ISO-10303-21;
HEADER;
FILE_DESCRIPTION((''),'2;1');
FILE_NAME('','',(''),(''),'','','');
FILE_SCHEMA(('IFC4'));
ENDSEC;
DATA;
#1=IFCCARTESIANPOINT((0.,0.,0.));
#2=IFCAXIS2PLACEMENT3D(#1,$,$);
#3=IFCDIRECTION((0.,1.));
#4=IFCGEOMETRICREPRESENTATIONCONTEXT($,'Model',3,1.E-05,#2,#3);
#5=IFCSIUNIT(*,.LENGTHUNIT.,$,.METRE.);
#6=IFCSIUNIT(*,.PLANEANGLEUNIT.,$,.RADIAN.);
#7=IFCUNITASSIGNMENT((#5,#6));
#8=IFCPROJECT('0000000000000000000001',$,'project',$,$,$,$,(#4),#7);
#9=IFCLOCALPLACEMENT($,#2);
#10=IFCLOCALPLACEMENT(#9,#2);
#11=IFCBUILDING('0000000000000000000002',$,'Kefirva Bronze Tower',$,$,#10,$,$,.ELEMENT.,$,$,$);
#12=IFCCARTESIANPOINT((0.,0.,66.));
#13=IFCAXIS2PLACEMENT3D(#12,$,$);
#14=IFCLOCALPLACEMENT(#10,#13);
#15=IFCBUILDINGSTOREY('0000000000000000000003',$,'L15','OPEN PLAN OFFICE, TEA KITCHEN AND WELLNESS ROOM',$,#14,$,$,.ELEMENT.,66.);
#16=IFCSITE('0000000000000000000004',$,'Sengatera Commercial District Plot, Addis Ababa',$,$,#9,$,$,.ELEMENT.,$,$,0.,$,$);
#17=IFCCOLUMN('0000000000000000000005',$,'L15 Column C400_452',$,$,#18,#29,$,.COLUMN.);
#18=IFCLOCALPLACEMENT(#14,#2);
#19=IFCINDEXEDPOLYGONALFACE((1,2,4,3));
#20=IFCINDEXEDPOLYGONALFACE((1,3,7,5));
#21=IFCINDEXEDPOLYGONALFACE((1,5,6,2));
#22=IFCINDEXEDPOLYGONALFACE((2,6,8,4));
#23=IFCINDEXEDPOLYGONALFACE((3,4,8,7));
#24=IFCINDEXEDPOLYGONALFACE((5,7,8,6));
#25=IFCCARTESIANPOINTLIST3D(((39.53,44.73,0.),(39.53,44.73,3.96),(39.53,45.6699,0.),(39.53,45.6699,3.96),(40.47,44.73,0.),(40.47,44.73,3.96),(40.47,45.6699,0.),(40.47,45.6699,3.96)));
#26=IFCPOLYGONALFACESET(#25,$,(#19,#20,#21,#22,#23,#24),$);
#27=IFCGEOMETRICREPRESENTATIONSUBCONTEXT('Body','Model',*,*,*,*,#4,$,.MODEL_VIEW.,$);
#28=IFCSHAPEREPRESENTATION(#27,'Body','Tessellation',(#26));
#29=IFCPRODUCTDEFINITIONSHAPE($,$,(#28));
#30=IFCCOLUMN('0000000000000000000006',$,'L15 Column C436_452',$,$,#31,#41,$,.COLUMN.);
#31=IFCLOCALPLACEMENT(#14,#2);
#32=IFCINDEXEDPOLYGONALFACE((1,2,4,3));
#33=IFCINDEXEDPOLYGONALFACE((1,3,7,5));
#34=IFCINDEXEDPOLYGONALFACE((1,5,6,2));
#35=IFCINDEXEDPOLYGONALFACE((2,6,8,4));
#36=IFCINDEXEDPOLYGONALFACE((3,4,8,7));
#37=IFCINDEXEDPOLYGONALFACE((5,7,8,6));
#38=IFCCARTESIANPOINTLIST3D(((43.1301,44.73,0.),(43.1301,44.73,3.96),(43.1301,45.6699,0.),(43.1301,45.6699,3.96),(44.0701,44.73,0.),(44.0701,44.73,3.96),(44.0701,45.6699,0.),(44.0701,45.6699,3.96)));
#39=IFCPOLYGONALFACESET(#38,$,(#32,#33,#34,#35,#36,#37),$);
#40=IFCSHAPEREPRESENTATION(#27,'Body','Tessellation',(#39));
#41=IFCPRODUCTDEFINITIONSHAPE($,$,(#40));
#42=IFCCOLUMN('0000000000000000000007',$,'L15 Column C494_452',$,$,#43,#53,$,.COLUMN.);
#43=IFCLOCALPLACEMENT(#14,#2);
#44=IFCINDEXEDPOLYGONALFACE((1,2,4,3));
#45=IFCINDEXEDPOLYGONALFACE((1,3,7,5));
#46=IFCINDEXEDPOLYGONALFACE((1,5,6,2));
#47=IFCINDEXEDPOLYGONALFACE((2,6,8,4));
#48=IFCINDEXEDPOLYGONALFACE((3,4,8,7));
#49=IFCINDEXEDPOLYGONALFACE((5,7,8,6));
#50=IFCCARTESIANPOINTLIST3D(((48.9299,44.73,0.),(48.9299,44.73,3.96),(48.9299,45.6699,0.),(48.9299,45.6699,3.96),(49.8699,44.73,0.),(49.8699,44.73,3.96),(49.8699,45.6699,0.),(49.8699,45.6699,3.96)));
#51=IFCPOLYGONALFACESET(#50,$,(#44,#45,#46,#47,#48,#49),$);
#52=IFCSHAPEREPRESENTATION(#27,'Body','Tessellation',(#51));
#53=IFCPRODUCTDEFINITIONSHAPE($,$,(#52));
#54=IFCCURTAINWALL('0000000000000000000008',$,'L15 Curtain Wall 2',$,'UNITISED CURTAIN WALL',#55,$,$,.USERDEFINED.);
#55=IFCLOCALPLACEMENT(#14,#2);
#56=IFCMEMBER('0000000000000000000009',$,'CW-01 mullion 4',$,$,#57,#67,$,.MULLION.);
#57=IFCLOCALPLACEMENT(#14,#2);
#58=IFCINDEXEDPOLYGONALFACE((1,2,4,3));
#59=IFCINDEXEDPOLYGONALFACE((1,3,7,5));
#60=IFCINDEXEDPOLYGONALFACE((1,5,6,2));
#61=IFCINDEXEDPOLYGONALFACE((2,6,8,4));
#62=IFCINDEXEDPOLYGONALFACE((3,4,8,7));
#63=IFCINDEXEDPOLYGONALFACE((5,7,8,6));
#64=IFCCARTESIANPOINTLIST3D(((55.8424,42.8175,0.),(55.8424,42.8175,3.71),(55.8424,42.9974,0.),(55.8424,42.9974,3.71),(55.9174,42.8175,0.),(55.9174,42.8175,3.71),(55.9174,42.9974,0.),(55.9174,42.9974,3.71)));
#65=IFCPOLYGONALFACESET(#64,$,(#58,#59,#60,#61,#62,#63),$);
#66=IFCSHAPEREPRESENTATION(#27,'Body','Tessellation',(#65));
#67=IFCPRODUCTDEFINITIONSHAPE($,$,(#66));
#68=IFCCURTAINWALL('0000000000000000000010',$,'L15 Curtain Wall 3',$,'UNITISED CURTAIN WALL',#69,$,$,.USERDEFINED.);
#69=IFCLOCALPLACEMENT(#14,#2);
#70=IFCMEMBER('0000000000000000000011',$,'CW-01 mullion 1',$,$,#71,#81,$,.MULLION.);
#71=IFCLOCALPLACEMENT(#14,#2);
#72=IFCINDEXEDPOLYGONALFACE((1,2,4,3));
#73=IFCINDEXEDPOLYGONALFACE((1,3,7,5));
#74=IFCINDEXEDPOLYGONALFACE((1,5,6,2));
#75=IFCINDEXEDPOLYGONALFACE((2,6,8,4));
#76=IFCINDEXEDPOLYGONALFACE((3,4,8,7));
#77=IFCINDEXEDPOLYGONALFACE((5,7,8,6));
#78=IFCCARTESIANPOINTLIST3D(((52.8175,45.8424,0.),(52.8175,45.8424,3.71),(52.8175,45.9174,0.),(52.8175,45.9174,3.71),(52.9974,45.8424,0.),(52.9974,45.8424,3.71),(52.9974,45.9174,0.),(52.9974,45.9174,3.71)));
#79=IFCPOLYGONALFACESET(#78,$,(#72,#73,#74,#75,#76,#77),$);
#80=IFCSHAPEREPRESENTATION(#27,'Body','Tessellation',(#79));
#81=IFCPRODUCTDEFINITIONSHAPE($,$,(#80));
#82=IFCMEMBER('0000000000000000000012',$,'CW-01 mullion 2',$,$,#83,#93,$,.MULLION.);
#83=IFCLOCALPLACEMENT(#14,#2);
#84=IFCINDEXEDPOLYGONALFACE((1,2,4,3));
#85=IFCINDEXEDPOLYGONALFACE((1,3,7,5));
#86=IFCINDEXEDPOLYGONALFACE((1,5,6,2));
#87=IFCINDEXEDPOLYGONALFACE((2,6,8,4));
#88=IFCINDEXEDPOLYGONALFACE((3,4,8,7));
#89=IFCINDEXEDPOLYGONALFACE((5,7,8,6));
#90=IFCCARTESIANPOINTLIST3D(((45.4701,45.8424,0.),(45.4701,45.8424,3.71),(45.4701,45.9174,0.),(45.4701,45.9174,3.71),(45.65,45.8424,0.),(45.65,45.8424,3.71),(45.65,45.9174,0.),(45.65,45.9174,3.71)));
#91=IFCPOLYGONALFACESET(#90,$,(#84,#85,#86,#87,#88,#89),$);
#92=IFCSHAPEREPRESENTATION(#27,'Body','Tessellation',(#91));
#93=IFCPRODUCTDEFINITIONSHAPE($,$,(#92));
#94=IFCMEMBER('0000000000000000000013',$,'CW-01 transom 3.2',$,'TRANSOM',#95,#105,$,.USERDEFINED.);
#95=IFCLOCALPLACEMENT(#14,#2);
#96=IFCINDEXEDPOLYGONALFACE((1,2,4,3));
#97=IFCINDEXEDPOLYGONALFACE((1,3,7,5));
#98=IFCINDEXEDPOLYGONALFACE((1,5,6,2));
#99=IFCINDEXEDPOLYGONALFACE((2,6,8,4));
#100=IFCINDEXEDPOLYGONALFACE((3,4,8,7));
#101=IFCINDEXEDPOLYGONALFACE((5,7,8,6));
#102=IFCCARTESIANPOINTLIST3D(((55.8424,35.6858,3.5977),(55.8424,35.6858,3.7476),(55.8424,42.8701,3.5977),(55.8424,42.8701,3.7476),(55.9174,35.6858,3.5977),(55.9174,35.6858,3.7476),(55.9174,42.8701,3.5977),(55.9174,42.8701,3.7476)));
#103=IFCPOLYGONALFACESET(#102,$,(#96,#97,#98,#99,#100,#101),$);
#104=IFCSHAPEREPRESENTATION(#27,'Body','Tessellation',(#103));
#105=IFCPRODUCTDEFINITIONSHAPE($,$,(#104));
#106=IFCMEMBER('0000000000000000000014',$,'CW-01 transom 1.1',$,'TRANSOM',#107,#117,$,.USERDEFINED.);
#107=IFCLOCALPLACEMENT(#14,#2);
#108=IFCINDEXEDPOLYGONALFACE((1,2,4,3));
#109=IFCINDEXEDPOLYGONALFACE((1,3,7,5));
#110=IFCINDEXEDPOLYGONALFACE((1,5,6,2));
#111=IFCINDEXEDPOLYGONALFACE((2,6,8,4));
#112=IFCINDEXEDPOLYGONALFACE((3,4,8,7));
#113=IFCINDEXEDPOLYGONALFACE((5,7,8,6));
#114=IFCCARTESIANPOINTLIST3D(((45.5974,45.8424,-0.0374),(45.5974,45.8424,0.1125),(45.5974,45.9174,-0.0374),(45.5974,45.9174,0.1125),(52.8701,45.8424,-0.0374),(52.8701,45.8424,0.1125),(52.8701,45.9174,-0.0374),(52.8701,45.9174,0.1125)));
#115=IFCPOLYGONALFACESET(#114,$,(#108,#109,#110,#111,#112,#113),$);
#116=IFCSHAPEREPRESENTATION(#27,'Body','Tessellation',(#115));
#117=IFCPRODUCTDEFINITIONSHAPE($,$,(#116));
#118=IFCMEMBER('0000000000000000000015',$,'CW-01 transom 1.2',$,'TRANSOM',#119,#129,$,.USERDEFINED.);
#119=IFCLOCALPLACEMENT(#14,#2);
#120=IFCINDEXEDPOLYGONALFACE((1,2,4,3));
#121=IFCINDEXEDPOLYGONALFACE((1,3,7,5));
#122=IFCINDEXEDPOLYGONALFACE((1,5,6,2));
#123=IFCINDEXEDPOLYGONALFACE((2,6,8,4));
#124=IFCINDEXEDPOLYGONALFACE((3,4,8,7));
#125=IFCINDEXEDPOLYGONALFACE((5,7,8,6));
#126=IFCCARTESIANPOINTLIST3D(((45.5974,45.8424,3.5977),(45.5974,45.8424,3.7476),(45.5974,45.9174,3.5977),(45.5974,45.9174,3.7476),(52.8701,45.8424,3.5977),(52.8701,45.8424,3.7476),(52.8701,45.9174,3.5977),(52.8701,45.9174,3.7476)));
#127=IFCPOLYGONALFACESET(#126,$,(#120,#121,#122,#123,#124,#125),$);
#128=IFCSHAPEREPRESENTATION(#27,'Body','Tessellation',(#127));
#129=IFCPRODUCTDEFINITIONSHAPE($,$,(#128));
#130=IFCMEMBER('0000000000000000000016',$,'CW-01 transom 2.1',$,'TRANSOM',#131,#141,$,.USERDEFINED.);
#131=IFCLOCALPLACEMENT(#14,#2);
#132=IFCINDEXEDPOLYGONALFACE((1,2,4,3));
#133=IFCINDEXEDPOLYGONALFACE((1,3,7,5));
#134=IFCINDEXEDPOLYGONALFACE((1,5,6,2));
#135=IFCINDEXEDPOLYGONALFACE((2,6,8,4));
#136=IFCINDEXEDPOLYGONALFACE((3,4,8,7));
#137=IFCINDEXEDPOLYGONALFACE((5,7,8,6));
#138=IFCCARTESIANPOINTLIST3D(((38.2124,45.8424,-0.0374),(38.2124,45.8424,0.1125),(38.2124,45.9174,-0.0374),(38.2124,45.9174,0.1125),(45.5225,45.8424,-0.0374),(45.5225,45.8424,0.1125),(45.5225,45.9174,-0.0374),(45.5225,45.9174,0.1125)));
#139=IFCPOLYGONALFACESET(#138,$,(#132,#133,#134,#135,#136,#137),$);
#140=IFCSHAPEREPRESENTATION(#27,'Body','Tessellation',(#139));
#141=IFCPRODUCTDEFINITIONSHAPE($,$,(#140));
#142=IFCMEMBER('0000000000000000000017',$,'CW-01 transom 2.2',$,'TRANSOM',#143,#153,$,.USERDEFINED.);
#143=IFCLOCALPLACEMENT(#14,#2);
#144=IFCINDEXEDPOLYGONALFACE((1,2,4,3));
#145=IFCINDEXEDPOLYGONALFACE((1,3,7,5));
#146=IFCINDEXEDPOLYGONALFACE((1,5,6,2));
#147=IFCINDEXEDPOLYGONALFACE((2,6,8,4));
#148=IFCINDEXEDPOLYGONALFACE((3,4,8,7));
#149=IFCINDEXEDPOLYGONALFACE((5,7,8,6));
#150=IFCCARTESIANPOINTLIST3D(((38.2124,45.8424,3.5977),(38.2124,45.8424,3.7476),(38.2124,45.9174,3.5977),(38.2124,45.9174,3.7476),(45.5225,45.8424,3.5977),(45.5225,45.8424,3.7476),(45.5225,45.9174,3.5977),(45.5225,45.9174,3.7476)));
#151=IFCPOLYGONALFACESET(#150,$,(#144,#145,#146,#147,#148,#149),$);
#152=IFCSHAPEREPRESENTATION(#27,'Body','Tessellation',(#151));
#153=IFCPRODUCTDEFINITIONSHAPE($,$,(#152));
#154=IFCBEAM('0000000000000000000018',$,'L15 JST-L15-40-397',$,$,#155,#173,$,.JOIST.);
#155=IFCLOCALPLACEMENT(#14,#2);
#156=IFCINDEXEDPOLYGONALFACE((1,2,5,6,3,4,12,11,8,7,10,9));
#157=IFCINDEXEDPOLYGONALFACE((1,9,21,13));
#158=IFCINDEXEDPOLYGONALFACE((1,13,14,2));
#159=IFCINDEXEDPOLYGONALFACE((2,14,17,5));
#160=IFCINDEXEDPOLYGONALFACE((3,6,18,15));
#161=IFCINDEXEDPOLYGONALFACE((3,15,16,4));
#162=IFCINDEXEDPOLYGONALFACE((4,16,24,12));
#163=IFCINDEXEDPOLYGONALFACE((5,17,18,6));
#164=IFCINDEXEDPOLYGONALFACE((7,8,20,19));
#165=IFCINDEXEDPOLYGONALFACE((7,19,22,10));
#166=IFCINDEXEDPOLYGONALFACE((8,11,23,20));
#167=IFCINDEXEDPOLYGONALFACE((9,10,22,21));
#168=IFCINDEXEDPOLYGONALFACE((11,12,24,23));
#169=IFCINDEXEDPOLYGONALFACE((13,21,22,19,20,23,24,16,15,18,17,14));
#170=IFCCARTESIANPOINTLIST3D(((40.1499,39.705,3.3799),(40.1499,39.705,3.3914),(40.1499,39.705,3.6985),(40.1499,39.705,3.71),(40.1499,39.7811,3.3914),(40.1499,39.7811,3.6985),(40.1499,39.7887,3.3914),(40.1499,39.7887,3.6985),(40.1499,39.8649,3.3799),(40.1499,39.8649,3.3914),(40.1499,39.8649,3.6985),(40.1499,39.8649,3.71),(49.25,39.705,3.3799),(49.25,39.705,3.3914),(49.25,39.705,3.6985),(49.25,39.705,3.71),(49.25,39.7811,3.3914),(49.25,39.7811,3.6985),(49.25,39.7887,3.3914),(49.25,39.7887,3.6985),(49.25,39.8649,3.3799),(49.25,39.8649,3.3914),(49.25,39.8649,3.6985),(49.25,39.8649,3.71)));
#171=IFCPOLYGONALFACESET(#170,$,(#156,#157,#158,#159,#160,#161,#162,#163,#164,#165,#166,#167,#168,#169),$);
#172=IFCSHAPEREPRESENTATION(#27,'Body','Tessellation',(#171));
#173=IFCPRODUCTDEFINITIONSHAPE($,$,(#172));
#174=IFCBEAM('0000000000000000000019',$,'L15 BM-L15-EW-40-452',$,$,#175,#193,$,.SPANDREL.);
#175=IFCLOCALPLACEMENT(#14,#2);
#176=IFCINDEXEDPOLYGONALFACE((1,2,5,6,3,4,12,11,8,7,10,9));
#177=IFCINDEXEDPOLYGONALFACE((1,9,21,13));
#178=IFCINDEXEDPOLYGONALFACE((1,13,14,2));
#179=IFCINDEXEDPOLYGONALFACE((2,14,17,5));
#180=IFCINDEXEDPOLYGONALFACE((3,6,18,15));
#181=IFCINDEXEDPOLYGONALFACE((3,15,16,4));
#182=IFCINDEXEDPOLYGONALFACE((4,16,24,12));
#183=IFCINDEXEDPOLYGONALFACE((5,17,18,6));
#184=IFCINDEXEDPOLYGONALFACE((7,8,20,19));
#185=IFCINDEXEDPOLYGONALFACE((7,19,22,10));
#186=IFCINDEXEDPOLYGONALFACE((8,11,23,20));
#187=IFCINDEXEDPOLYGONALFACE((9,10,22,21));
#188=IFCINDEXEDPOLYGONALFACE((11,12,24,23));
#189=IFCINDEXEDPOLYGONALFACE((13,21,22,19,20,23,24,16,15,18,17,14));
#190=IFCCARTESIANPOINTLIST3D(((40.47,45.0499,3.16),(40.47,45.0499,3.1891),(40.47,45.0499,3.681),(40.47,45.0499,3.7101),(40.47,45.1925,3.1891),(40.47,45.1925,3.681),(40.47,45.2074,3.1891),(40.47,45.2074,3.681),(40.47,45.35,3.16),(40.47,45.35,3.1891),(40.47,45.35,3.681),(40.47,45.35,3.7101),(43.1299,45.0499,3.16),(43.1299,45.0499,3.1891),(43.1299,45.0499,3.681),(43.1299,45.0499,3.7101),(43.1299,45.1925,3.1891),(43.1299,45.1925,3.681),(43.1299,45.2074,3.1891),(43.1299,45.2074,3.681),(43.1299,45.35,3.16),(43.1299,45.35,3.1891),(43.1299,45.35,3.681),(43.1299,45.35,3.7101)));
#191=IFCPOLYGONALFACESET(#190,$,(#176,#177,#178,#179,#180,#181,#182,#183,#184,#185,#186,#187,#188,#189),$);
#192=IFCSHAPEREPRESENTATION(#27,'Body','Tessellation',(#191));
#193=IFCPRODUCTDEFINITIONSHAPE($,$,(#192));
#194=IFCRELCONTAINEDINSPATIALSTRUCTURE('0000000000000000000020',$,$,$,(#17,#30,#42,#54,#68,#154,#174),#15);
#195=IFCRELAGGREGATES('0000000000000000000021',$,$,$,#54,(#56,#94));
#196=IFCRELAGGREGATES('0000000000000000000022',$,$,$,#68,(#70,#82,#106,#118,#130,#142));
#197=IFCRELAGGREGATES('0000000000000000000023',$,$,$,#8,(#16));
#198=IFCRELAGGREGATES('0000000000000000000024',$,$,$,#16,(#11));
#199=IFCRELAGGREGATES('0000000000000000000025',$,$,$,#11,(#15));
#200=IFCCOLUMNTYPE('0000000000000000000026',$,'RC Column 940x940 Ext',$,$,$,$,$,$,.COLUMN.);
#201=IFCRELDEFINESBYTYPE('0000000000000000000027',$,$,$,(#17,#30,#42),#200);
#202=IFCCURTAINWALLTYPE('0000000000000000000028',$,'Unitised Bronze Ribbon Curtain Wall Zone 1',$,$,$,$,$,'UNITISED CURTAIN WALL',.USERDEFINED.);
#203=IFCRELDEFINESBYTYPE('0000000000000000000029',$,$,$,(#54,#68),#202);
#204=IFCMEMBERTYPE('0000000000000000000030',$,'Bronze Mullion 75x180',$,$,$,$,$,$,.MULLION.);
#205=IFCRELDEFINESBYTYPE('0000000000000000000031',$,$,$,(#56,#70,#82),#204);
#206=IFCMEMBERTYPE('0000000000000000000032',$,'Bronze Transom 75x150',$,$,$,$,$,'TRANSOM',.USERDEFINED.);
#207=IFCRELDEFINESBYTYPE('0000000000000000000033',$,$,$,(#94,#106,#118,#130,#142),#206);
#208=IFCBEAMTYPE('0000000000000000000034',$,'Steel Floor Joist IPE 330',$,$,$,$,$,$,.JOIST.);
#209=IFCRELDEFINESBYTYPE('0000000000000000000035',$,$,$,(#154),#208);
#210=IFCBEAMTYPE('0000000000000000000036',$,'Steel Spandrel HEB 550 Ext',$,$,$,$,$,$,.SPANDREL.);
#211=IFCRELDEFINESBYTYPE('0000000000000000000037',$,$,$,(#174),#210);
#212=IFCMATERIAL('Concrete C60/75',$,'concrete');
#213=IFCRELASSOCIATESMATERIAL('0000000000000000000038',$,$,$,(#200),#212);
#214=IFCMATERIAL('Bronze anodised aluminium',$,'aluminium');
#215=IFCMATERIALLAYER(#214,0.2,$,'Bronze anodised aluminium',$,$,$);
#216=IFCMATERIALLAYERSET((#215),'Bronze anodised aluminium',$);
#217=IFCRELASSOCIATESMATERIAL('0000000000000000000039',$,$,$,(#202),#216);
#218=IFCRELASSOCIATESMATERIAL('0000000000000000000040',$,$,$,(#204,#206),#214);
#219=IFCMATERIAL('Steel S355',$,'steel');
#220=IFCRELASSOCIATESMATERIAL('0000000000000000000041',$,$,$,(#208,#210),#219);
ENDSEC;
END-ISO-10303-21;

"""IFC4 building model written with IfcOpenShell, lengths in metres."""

from ifc_helpers import new_model, si_unit, direction, frame, origin, origin_2d, place, context, subcontext, project, spatial, rectangle, i_section, extrude, material, layer, layer_set, material_profile, profile_set, type_object, element, aggregate, save


model = new_model("IFC4")

# Units and contexts
model_context = context("Model", 3, precision=1e-05, world=origin(), true_north=direction((0.0, 1.0)))
body_context = subcontext(model_context, "Body", "Model", "MODEL_VIEW")
ifc_project = project(units=[si_unit("LENGTHUNIT", "METRE"), si_unit("PLANEANGLEUNIT", "RADIAN")], contexts=[model_context])

# Site, building, storey
site_placement = place(None, origin())
site = spatial("IfcSite", under=ifc_project, at=site_placement, Name="Sengatera Commercial District Plot, Addis Ababa", CompositionType="ELEMENT", RefElevation=0.0)
building_placement = place(site_placement, origin())
building = spatial("IfcBuilding", under=site, at=building_placement, Name="Kefirva Bronze Tower", CompositionType="ELEMENT")
storey_placement = place(building_placement, frame((0.0, 0.0, 66.0)))
storey = spatial("IfcBuildingStorey", under=building, at=storey_placement, Name="L15", Description="OPEN PLAN OFFICE, TEA KITCHEN AND WELLNESS ROOM", CompositionType="ELEMENT", Elevation=66.0)

# Columns
ifc_material_1 = material(Name="Concrete C60/75", Category="concrete")
ifc_material_profile_1 = material_profile(ifc_material_1, rectangle(XDim=0.9399, YDim=0.9399, at=origin_2d()), Name="RC 940x940")
ifc_profile_set_1 = profile_set([ifc_material_profile_1], Name="Concrete C60/75")
column_type = type_object("IfcColumnType", Name="RC Column 940x940 Ext", PredefinedType="COLUMN", material=ifc_profile_set_1)
for number, where, z_axis, x_axis, name in (
    (1, (40.0, 45.2, 0.0), (0.0, 0.0, 1.0), (1.0, 0.0, 0.0), "L15 Column C400_452"),
    (2, (43.6001, 45.2, 0.0), (0.0, 0.0, 1.0), (1.0, 0.0, 0.0), "L15 Column C436_452"),
    (3, (49.3999, 45.2, 0.0), (0.0, 0.0, 1.0), (1.0, 0.0, 0.0), "L15 Column C494_452"),
):
    element("IfcColumn", number, at=place(storey_placement, frame(where, z_axis=z_axis, x_axis=x_axis)), inside=storey, type_object=column_type, Name=name, PredefinedType="COLUMN", context=body_context, shape_type="SweptSolid", body=[
        extrude(rectangle(XDim=0.9399, YDim=0.9399, at=origin_2d()), origin(), (0.0, 0.0, 1.0), 3.96),
    ])

# Curtain wall, member
ifc_material_2 = material(Name="Bronze anodised aluminium", Category="aluminium")
ifc_layer_1 = layer(ifc_material_2, 0.2, Name="Bronze anodised aluminium")
ifc_layer_set_1 = layer_set([ifc_layer_1], Name="Bronze anodised aluminium")
curtain_wall_type = type_object("IfcCurtainWallType", Name="Unitised Bronze Ribbon Curtain Wall Zone 1", ElementType="UNITISED CURTAIN WALL", PredefinedType="USERDEFINED", material=ifc_layer_set_1)
curtain_wall_1_placement = place(storey_placement, origin())
curtain_wall_1 = element("IfcCurtainWall", 4, at=curtain_wall_1_placement, inside=storey, type_object=curtain_wall_type, Name="L15 Curtain Wall 2", ObjectType="UNITISED CURTAIN WALL", PredefinedType="USERDEFINED")
ifc_material_profile_2 = material_profile(ifc_material_2, rectangle(XDim=0.075, YDim=0.1799, at=origin_2d()), Name="ALU 75x180")
ifc_profile_set_2 = profile_set([ifc_material_profile_2], Name="Bronze anodised aluminium")
member_type_1 = type_object("IfcMemberType", Name="Bronze Mullion 75x180", PredefinedType="MULLION", material=ifc_profile_set_2)
member_1_placement = place(storey_placement, frame((55.8799, 42.9075, 0.0), z_axis=(0.0, 0.0, 1.0), x_axis=(-1.0, 0.0, 0.0)))
member_1 = element("IfcMember", 5, at=member_1_placement, type_object=member_type_1, Name="CW-01 mullion 4", PredefinedType="MULLION", context=body_context, shape_type="SweptSolid", body=[
    extrude(rectangle(XDim=0.075, YDim=0.1799, at=origin_2d()), origin(), (0.0, 0.0, 1.0), 3.71),
])

# Curtain wall, members
curtain_wall_2_placement = place(storey_placement, origin())
curtain_wall_2 = element("IfcCurtainWall", 6, at=curtain_wall_2_placement, inside=storey, type_object=curtain_wall_type, Name="L15 Curtain Wall 3", ObjectType="UNITISED CURTAIN WALL", PredefinedType="USERDEFINED")
member_2_placement = place(storey_placement, frame((52.9075, 45.8799, 0.0), z_axis=(0.0, 0.0, 1.0), x_axis=(0.0, -1.0, 0.0)))
member_2 = element("IfcMember", 7, at=member_2_placement, type_object=member_type_1, Name="CW-01 mullion 1", PredefinedType="MULLION", context=body_context, shape_type="SweptSolid", body=[
    extrude(rectangle(XDim=0.075, YDim=0.1799, at=origin_2d()), origin(), (0.0, 0.0, 1.0), 3.71),
])
member_3_placement = place(storey_placement, frame((45.5601, 45.8799, 0.0), z_axis=(0.0, 0.0, 1.0), x_axis=(0.0, -1.0, 0.0)))
member_3 = element("IfcMember", 8, at=member_3_placement, type_object=member_type_1, Name="CW-01 mullion 2", PredefinedType="MULLION", context=body_context, shape_type="SweptSolid", body=[
    extrude(rectangle(XDim=0.075, YDim=0.1799, at=origin_2d()), origin(), (0.0, 0.0, 1.0), 3.71),
])

# Members
ifc_material_profile_3 = material_profile(ifc_material_2, rectangle(XDim=0.075, YDim=0.1499, at=origin_2d()), Name="ALU 75x150")
ifc_profile_set_3 = profile_set([ifc_material_profile_3], Name="Bronze anodised aluminium")
member_type_2 = type_object("IfcMemberType", Name="Bronze Transom 75x150", ElementType="TRANSOM", PredefinedType="USERDEFINED", material=ifc_profile_set_3)
member_4_placement = place(storey_placement, frame((55.8799, 35.6858, 3.6726), z_axis=(0.0, 1.0, 0.0), x_axis=(-1.0, 0.0, 0.0)))
member_4 = element("IfcMember", 9, at=member_4_placement, type_object=member_type_2, Name="CW-01 transom 3.2", ObjectType="TRANSOM", PredefinedType="USERDEFINED", context=body_context, shape_type="SweptSolid", body=[
    extrude(rectangle(XDim=0.075, YDim=0.1499, at=origin_2d()), origin(), (0.0, 0.0, 1.0), 7.1843),
])
member_5_placement = place(storey_placement, frame((52.8701, 45.8799, 0.0376), z_axis=(-1.0, 0.0, 0.0), x_axis=(0.0, -1.0, 0.0)))
member_5 = element("IfcMember", 10, at=member_5_placement, type_object=member_type_2, Name="CW-01 transom 1.1", ObjectType="TRANSOM", PredefinedType="USERDEFINED", context=body_context, shape_type="SweptSolid", body=[
    extrude(rectangle(XDim=0.075, YDim=0.1499, at=origin_2d()), origin(), (0.0, 0.0, 1.0), 7.2727),
])
member_6_placement = place(storey_placement, frame((52.8701, 45.8799, 3.6726), z_axis=(-1.0, 0.0, 0.0), x_axis=(0.0, -1.0, 0.0)))
member_6 = element("IfcMember", 11, at=member_6_placement, type_object=member_type_2, Name="CW-01 transom 1.2", ObjectType="TRANSOM", PredefinedType="USERDEFINED", context=body_context, shape_type="SweptSolid", body=[
    extrude(rectangle(XDim=0.075, YDim=0.1499, at=origin_2d()), origin(), (0.0, 0.0, 1.0), 7.2727),
])
member_7_placement = place(storey_placement, frame((45.5225, 45.8799, 0.0376), z_axis=(-1.0, 0.0, 0.0), x_axis=(0.0, -1.0, 0.0)))
member_7 = element("IfcMember", 12, at=member_7_placement, type_object=member_type_2, Name="CW-01 transom 2.1", ObjectType="TRANSOM", PredefinedType="USERDEFINED", context=body_context, shape_type="SweptSolid", body=[
    extrude(rectangle(XDim=0.075, YDim=0.1499, at=origin_2d()), origin(), (0.0, 0.0, 1.0), 7.3101),
])
member_8_placement = place(storey_placement, frame((45.5225, 45.8799, 3.6726), z_axis=(-1.0, 0.0, 0.0), x_axis=(0.0, -1.0, 0.0)))
member_8 = element("IfcMember", 13, at=member_8_placement, type_object=member_type_2, Name="CW-01 transom 2.2", ObjectType="TRANSOM", PredefinedType="USERDEFINED", context=body_context, shape_type="SweptSolid", body=[
    extrude(rectangle(XDim=0.075, YDim=0.1499, at=origin_2d()), origin(), (0.0, 0.0, 1.0), 7.3101),
])

# Beams
ifc_material_3 = material(Name="Steel S355", Category="steel")
ifc_material_profile_4 = material_profile(ifc_material_3, i_section(OverallWidth=0.1599, OverallDepth=0.3301, WebThickness=0.0076, FlangeThickness=0.0115, at=origin_2d()), Name="IPE 330")
ifc_profile_set_4 = profile_set([ifc_material_profile_4], Name="Steel S355")
beam_type_1 = type_object("IfcBeamType", Name="Steel Floor Joist IPE 330", PredefinedType="JOIST", material=ifc_profile_set_4)
beam_1_placement = place(storey_placement, frame((40.1499, 39.7849, 3.5449), z_axis=(1.0, 0.0, 0.0), x_axis=(0.0, 1.0, 0.0)))
element("IfcBeam", 14, at=beam_1_placement, inside=storey, type_object=beam_type_1, Name="L15 JST-L15-40-397", PredefinedType="JOIST", context=body_context, shape_type="SweptSolid", body=[
    extrude(i_section(OverallWidth=0.1599, OverallDepth=0.3301, WebThickness=0.0076, FlangeThickness=0.0115, at=origin_2d()), origin(), (0.0, 0.0, 1.0), 9.1001),
])
ifc_material_profile_5 = material_profile(ifc_material_3, i_section(OverallWidth=0.3, OverallDepth=0.55, WebThickness=0.0149, FlangeThickness=0.0291, at=origin_2d()), Name="HEB 550")
ifc_profile_set_5 = profile_set([ifc_material_profile_5], Name="Steel S355")
beam_type_2 = type_object("IfcBeamType", Name="Steel Spandrel HEB 550 Ext", PredefinedType="SPANDREL", material=ifc_profile_set_5)
beam_2_placement = place(storey_placement, frame((40.47, 45.2, 3.4351), z_axis=(1.0, 0.0, 0.0), x_axis=(0.0, 1.0, 0.0)))
element("IfcBeam", 15, at=beam_2_placement, inside=storey, type_object=beam_type_2, Name="L15 BM-L15-EW-40-452", PredefinedType="SPANDREL", context=body_context, shape_type="SweptSolid", body=[
    extrude(i_section(OverallWidth=0.3, OverallDepth=0.55, WebThickness=0.0149, FlangeThickness=0.0291, at=origin_2d()), origin(), (0.0, 0.0, 1.0), 2.6599),
])

aggregate(curtain_wall_1, [member_1, member_4])
aggregate(curtain_wall_2, [member_2, member_3, member_5, member_6, member_7, member_8])

save(model, "model.ifc")
